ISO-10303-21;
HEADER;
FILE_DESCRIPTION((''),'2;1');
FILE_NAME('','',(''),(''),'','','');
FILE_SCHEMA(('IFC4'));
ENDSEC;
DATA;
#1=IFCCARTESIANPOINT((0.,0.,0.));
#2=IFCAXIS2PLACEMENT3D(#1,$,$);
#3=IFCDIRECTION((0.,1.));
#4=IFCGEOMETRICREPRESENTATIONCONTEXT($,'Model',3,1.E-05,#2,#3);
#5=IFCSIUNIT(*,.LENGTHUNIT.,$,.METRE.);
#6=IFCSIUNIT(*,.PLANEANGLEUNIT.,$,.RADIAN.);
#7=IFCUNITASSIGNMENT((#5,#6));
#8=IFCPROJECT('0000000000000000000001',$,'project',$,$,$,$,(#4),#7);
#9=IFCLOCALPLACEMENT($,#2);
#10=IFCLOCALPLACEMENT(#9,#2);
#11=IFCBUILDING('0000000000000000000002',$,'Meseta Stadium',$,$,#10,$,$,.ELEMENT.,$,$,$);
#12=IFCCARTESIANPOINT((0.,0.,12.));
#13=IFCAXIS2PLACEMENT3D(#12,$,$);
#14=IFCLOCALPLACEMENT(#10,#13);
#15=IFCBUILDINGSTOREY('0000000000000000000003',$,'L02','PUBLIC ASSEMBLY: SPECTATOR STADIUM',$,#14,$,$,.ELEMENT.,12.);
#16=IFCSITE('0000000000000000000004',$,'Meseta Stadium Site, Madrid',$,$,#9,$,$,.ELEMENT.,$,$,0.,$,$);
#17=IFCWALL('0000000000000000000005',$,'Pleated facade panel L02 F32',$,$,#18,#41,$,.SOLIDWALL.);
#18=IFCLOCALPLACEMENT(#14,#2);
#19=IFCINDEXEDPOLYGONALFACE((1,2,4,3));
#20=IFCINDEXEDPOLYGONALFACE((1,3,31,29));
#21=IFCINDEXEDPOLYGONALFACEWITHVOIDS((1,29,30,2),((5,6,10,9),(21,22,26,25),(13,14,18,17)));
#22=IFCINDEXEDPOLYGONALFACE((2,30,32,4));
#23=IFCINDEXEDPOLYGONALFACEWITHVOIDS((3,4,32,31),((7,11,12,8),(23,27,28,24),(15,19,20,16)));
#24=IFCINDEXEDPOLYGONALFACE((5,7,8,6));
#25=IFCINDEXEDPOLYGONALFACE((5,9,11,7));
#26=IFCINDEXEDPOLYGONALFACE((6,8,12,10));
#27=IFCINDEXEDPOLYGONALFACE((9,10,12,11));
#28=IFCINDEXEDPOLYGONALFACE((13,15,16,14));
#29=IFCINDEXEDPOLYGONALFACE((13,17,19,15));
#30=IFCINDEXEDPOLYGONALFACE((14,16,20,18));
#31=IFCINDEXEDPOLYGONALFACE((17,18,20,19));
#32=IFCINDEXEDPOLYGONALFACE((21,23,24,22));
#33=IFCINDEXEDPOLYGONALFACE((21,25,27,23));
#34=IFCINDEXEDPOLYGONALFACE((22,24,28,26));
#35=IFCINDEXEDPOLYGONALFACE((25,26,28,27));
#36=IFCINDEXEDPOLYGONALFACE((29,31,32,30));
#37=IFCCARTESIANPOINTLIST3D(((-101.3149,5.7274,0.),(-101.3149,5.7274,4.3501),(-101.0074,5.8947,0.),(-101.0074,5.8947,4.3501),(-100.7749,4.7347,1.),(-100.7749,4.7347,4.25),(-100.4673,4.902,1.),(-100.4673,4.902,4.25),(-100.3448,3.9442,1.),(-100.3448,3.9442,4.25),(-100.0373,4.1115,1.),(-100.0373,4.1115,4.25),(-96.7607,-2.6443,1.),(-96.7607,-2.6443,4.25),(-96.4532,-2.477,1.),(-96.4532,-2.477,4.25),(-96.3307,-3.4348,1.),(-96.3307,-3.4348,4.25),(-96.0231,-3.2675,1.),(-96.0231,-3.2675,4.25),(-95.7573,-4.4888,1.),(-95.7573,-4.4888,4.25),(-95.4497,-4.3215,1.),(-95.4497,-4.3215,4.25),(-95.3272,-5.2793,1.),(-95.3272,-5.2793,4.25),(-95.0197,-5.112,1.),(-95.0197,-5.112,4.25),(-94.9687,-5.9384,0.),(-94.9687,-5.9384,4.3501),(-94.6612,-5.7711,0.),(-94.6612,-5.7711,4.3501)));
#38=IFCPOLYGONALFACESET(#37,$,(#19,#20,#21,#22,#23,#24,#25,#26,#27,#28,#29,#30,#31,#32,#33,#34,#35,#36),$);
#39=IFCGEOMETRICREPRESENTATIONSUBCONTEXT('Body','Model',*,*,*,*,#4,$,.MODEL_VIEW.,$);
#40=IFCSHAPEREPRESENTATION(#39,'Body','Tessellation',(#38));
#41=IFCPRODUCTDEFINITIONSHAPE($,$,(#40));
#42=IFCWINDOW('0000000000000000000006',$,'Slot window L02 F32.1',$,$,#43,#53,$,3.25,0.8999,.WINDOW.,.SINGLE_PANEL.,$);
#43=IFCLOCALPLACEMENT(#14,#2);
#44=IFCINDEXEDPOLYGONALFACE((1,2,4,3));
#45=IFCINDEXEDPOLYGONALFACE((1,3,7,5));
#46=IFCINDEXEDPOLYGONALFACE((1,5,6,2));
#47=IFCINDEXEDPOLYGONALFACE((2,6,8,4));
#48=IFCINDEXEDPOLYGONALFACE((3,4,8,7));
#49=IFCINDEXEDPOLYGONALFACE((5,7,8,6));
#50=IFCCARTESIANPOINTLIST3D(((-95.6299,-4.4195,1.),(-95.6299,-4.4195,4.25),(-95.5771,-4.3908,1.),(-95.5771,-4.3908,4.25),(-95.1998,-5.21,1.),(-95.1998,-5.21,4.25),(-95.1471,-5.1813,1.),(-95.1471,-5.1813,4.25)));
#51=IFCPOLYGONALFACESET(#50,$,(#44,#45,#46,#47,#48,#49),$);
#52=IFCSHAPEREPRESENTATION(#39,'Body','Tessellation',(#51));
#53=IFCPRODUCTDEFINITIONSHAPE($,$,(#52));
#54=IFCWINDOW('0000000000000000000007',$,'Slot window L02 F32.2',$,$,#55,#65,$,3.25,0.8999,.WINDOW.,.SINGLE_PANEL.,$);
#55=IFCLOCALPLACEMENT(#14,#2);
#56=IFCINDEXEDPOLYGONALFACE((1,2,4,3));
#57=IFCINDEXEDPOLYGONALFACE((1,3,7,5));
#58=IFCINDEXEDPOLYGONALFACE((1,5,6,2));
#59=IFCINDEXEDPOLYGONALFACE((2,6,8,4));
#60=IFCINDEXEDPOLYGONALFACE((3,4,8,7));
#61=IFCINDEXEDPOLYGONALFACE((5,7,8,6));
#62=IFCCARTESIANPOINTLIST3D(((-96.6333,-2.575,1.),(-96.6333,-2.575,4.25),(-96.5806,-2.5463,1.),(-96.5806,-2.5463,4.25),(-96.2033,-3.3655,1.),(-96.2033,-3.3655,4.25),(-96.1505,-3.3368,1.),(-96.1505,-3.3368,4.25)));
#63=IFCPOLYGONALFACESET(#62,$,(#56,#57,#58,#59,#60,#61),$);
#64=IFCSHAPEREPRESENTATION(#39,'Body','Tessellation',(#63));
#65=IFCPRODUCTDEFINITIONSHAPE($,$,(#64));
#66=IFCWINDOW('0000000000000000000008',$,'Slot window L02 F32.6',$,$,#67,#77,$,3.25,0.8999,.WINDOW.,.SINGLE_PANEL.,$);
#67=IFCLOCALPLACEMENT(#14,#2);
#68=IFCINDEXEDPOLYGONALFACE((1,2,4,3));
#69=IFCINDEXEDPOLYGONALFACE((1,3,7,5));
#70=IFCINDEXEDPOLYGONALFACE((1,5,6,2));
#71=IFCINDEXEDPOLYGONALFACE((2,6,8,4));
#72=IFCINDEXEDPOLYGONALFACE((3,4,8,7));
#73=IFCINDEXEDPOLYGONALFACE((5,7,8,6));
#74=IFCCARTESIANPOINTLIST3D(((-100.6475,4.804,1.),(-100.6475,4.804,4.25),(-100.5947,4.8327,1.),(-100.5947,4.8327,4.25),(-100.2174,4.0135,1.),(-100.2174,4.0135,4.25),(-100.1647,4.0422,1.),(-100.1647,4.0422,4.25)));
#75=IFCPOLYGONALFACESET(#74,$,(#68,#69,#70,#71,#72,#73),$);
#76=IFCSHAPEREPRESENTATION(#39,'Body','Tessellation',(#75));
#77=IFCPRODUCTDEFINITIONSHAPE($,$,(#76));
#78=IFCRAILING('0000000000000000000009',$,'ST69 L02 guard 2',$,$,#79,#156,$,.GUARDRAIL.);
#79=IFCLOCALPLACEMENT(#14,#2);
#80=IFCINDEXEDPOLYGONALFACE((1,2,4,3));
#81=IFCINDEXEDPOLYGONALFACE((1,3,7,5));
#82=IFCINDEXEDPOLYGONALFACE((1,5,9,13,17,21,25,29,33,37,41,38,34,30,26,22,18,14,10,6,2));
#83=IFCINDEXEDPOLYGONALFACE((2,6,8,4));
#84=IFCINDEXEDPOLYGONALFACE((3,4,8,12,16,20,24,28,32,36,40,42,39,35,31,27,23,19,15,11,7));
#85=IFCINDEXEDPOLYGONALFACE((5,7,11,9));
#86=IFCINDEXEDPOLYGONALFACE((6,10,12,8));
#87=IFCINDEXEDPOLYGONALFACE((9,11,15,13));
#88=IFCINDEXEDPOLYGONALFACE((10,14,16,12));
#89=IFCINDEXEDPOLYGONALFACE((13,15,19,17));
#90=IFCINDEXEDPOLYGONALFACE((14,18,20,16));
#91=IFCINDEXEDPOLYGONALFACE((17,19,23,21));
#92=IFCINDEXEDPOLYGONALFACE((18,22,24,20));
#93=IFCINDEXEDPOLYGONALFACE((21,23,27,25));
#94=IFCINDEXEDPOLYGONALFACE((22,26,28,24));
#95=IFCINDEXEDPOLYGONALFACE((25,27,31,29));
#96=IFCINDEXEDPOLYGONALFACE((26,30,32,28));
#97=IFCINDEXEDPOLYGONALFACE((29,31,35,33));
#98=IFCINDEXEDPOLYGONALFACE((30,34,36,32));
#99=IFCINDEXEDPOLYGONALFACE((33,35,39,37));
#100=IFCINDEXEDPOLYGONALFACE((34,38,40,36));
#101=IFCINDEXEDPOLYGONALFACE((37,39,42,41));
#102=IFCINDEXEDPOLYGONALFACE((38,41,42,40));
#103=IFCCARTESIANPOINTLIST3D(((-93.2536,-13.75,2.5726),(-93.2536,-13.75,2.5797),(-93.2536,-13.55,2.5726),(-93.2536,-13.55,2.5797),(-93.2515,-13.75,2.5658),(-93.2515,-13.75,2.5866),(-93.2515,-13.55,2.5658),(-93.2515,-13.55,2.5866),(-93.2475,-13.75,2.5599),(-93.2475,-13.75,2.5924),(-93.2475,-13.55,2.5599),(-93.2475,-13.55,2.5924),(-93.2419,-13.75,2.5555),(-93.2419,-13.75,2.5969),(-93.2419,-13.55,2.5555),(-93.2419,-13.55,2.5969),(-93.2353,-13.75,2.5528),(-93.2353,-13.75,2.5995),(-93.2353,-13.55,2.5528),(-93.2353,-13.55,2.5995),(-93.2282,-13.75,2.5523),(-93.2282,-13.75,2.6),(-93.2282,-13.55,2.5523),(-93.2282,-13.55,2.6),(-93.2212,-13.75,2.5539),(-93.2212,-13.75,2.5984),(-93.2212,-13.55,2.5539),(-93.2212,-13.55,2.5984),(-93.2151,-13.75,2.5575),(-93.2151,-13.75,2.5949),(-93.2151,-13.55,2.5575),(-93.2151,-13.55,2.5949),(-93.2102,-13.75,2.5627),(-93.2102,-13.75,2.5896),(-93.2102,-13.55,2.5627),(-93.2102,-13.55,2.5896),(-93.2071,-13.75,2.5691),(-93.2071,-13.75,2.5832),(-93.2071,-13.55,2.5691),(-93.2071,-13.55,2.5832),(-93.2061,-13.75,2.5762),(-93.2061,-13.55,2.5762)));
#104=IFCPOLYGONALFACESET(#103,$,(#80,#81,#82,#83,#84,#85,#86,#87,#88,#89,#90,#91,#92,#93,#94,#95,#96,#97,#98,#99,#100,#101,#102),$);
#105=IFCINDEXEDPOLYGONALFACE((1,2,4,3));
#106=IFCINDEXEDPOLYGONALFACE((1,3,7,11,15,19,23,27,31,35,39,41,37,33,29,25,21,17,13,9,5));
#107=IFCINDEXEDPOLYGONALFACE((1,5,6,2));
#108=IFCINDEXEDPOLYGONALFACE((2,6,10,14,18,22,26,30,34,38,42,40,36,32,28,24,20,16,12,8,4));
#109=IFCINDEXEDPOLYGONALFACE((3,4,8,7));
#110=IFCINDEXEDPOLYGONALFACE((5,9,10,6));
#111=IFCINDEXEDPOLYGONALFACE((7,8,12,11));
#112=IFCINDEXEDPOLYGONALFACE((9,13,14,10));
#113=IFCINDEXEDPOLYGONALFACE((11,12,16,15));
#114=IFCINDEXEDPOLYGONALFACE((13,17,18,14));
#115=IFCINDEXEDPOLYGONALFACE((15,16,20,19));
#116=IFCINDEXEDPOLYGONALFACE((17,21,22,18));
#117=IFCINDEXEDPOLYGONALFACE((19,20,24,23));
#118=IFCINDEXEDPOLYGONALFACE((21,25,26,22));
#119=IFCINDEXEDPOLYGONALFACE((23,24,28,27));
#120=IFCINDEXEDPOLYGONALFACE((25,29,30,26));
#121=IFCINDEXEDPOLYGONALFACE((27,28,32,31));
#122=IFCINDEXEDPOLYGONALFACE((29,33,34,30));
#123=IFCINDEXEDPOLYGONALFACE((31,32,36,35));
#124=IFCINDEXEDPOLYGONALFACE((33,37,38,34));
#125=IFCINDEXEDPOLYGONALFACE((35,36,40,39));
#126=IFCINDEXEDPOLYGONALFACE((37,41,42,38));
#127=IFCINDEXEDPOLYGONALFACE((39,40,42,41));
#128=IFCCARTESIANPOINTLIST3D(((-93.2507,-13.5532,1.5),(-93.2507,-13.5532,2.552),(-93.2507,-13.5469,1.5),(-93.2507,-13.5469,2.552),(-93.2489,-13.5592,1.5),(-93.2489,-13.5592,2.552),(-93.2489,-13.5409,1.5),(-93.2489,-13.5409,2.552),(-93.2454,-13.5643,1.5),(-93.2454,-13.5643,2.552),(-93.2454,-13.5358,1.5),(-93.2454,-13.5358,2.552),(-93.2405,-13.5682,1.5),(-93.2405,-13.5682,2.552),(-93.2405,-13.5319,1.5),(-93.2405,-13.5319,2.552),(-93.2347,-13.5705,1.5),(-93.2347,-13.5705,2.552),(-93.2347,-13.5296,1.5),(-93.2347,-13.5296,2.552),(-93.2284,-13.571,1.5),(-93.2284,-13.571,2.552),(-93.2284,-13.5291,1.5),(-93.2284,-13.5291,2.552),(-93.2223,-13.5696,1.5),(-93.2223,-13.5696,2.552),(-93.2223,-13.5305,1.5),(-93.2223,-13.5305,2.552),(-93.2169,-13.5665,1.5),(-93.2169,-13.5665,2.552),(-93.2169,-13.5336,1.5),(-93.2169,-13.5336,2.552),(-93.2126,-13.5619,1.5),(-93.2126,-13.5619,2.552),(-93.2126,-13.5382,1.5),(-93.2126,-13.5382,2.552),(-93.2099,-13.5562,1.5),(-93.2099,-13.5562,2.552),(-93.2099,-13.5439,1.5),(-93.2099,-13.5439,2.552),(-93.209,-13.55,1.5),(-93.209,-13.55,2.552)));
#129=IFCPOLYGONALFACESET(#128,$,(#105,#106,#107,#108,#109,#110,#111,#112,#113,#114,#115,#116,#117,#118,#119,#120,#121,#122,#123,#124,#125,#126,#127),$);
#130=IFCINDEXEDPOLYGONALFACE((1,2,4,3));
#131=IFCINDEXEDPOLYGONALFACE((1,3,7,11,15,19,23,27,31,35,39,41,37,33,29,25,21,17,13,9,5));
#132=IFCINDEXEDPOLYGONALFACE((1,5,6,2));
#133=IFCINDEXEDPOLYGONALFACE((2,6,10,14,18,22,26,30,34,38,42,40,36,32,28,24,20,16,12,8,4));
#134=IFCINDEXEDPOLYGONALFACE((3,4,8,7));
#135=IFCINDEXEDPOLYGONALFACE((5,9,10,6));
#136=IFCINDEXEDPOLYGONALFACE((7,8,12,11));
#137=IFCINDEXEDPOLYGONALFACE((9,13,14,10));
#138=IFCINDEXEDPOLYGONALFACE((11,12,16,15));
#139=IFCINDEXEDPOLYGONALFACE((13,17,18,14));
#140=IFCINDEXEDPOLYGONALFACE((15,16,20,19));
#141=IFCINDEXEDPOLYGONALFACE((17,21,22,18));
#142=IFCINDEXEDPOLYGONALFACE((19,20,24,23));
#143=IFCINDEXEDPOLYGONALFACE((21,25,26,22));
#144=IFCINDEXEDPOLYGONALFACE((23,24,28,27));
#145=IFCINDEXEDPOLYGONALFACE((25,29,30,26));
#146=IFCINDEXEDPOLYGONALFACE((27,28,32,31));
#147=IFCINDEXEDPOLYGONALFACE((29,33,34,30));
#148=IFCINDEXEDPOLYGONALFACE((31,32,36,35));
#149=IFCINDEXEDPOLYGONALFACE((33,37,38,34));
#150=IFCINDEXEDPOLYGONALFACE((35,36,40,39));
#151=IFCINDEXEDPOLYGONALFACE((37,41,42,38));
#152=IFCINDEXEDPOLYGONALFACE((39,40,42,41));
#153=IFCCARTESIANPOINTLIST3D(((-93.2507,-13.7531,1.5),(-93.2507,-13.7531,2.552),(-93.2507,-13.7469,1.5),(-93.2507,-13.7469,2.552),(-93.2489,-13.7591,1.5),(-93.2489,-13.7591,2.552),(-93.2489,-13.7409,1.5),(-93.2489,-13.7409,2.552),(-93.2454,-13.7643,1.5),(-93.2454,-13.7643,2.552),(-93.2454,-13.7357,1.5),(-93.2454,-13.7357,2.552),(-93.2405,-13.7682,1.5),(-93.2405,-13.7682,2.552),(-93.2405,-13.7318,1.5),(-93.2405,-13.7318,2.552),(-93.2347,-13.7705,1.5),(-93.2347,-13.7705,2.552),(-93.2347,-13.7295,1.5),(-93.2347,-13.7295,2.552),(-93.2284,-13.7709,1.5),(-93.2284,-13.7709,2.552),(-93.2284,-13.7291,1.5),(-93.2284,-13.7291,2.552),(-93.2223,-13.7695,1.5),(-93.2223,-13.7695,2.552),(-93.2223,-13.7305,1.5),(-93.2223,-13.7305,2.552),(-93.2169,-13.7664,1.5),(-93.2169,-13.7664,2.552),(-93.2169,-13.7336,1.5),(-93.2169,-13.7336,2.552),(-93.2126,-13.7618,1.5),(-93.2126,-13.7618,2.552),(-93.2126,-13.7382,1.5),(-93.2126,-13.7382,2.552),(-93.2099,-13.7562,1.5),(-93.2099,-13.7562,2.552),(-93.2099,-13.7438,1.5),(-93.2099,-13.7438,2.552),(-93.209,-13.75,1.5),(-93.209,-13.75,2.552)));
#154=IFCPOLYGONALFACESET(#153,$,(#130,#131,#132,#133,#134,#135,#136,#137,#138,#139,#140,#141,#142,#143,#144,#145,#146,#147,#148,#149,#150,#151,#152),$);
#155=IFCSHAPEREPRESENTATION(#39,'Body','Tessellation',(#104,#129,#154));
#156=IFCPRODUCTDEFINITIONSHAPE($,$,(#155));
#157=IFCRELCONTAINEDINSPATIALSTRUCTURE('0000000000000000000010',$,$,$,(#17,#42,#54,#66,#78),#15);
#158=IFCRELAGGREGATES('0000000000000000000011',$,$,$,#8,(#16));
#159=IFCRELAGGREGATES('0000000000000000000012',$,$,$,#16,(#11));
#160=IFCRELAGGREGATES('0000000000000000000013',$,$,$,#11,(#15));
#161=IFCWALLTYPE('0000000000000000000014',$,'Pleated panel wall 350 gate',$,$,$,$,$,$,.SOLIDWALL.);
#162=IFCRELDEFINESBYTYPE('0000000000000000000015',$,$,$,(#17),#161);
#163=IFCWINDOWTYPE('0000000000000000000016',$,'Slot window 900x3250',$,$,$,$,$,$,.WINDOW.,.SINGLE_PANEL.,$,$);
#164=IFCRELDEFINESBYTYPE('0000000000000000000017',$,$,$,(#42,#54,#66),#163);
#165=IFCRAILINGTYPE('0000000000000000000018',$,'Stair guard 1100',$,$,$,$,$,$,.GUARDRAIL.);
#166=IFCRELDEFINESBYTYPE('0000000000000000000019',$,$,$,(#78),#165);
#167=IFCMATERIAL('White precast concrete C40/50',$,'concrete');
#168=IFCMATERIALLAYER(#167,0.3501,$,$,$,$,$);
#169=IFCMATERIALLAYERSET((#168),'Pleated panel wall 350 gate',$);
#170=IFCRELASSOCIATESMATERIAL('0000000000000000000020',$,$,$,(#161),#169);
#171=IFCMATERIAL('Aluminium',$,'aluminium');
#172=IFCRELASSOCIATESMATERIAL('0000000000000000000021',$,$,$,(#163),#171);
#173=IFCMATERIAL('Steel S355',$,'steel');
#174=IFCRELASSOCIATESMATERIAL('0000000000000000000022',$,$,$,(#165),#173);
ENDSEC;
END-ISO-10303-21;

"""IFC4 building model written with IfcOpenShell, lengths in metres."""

from ifc_helpers import new_model, si_unit, direction, frame, frame_2d, origin, origin_2d, place, context, subcontext, project, spatial, rectangle, circle, extrude, material, layer, layer_set, type_object, element, fill, save


model = new_model("IFC4")

# Units and contexts
model_context = context("Model", 3, precision=1e-05, world=origin(), true_north=direction((0.0, 1.0)))
body_context = subcontext(model_context, "Body", "Model", "MODEL_VIEW")
ifc_project = project(units=[si_unit("LENGTHUNIT", "METRE"), si_unit("PLANEANGLEUNIT", "RADIAN")], contexts=[model_context])

# Site, building, storey
site_placement = place(None, origin())
site = spatial("IfcSite", under=ifc_project, at=site_placement, Name="Meseta Stadium Site, Madrid", CompositionType="ELEMENT", RefElevation=0.0)
building_placement = place(site_placement, origin())
building = spatial("IfcBuilding", under=site, at=building_placement, Name="Meseta Stadium", CompositionType="ELEMENT")
storey_placement = place(building_placement, frame((0.0, 0.0, 12.0)))
storey = spatial("IfcBuildingStorey", under=building, at=storey_placement, Name="L02", Description="PUBLIC ASSEMBLY: SPECTATOR STADIUM", CompositionType="ELEMENT", Elevation=12.0)

# Wall, openings, windows
ifc_material_1 = material(Name="White precast concrete C40/50", Category="concrete")
ifc_layer_1 = layer(ifc_material_1, 0.3501)
ifc_layer_set_1 = layer_set([ifc_layer_1], Name="Pleated panel wall 350 gate")
wall_type_1 = type_object("IfcWallType", Name="Pleated panel wall 350 gate", PredefinedType="SOLIDWALL", material=ifc_layer_set_1)
wall_1_placement = place(storey_placement, frame((-94.8149, -5.8547, 0.0), z_axis=(0.0, 0.0, 1.0), x_axis=(-0.477868, 0.878432, 0.0)))
wall_1 = element("IfcWall", 1, at=wall_1_placement, inside=storey, type_object=wall_type_1, Name="Pleated facade panel L02 F32", PredefinedType="SOLIDWALL", context=body_context, shape_type="SweptSolid", body=[
    extrude(rectangle(XDim=13.2803, YDim=0.3501, at=frame_2d((6.6401, 0.0))), origin(), (0.0, 0.0, 1.0), 4.3501),
])
opening_1_placement = place(wall_1_placement, frame((0.7502, 0.0, 1.0)))
opening_1 = element("IfcOpeningElement", 2, at=opening_1_placement, cuts=wall_1, PredefinedType="OPENING", context=body_context, shape_type="SweptSolid", body=[
    extrude(rectangle(XDim=0.8999, YDim=3.25, at=frame_2d((0.45, 1.625))), frame((0.0, 0.1851, 0.0), z_axis=(0.0, -1.0, 0.0), x_axis=(1.0, 0.0, 0.0)), (0.0, 0.0, 1.0), 0.3701),
])
opening_2_placement = place(wall_1_placement, frame((2.8501, 0.0, 1.0)))
opening_2 = element("IfcOpeningElement", 3, at=opening_2_placement, cuts=wall_1, PredefinedType="OPENING", context=body_context, shape_type="SweptSolid", body=[
    extrude(rectangle(XDim=0.8999, YDim=3.25, at=frame_2d((0.45, 1.625))), frame((0.0, 0.1851, 0.0), z_axis=(0.0, -1.0, 0.0), x_axis=(1.0, 0.0, 0.0)), (0.0, 0.0, 1.0), 0.3701),
])
opening_3_placement = place(wall_1_placement, frame((11.2502, 0.0, 1.0)))
opening_3 = element("IfcOpeningElement", 4, at=opening_3_placement, cuts=wall_1, PredefinedType="OPENING", context=body_context, shape_type="SweptSolid", body=[
    extrude(rectangle(XDim=0.8999, YDim=3.25, at=frame_2d((0.45, 1.625))), frame((0.0, 0.1851, 0.0), z_axis=(0.0, -1.0, 0.0), x_axis=(1.0, 0.0, 0.0)), (0.0, 0.0, 1.0), 0.3701),
])
ifc_material_2 = material(Name="Aluminium", Category="aluminium")
window_type = type_object("IfcWindowType", Name="Slot window 900x3250", PartitioningType="SINGLE_PANEL", PredefinedType="WINDOW", material=ifc_material_2)
window_1_placement = place(opening_1_placement, origin())
window_1 = element("IfcWindow", 5, at=window_1_placement, inside=storey, type_object=window_type, Name="Slot window L02 F32.1", OverallHeight=3.25, OverallWidth=0.8999, PartitioningType="SINGLE_PANEL", PredefinedType="WINDOW", context=body_context, shape_type="SweptSolid", body=[
    extrude(rectangle(XDim=0.8999, YDim=3.25, at=frame_2d((0.45, 1.625))), frame((0.0, 0.03, 0.0), z_axis=(0.0, -1.0, 0.0), x_axis=(1.0, 0.0, 0.0)), (0.0, 0.0, 1.0), 0.0601),
])
fill(opening_1, window_1)
window_2_placement = place(opening_2_placement, origin())
window_2 = element("IfcWindow", 6, at=window_2_placement, inside=storey, type_object=window_type, Name="Slot window L02 F32.2", OverallHeight=3.25, OverallWidth=0.8999, PartitioningType="SINGLE_PANEL", PredefinedType="WINDOW", context=body_context, shape_type="SweptSolid", body=[
    extrude(rectangle(XDim=0.8999, YDim=3.25, at=frame_2d((0.45, 1.625))), frame((0.0, 0.03, 0.0), z_axis=(0.0, -1.0, 0.0), x_axis=(1.0, 0.0, 0.0)), (0.0, 0.0, 1.0), 0.0601),
])
fill(opening_2, window_2)
window_3_placement = place(opening_3_placement, origin())
window_3 = element("IfcWindow", 7, at=window_3_placement, inside=storey, type_object=window_type, Name="Slot window L02 F32.6", OverallHeight=3.25, OverallWidth=0.8999, PartitioningType="SINGLE_PANEL", PredefinedType="WINDOW", context=body_context, shape_type="SweptSolid", body=[
    extrude(rectangle(XDim=0.8999, YDim=3.25, at=frame_2d((0.45, 1.625))), frame((0.0, 0.03, 0.0), z_axis=(0.0, -1.0, 0.0), x_axis=(1.0, 0.0, 0.0)), (0.0, 0.0, 1.0), 0.0601),
])
fill(opening_3, window_3)

# Railing
ifc_material_3 = material(Name="Steel S355", Category="steel")
railing_type = type_object("IfcRailingType", Name="Stair guard 1100", PredefinedType="GUARDRAIL", material=ifc_material_3)
for number, where, name in (
    (8, (-93.23, -13.55, 1.5), "ST69 L02 guard 2"),
):
    element("IfcRailing", number, at=place(storey_placement, frame(where)), inside=storey, type_object=railing_type, Name=name, PredefinedType="GUARDRAIL", context=body_context, shape_type="SweptSolid", body=[
        extrude(circle(Radius=0.0239, at=origin_2d()), frame((0.0, 0.0, 1.0762), z_axis=(0.0, -1.0, 0.0), x_axis=(1.0, 0.0, 0.0)), (0.0, 0.0, 1.0), 0.2),
        extrude(circle(Radius=0.021, at=origin_2d()), origin(), (0.0, 0.0, 1.0), 1.052),
        extrude(circle(Radius=0.021, at=origin_2d()), frame((0.0, -0.2, 0.0)), (0.0, 0.0, 1.0), 1.052),
    ])

save(model, "model.ifc")
